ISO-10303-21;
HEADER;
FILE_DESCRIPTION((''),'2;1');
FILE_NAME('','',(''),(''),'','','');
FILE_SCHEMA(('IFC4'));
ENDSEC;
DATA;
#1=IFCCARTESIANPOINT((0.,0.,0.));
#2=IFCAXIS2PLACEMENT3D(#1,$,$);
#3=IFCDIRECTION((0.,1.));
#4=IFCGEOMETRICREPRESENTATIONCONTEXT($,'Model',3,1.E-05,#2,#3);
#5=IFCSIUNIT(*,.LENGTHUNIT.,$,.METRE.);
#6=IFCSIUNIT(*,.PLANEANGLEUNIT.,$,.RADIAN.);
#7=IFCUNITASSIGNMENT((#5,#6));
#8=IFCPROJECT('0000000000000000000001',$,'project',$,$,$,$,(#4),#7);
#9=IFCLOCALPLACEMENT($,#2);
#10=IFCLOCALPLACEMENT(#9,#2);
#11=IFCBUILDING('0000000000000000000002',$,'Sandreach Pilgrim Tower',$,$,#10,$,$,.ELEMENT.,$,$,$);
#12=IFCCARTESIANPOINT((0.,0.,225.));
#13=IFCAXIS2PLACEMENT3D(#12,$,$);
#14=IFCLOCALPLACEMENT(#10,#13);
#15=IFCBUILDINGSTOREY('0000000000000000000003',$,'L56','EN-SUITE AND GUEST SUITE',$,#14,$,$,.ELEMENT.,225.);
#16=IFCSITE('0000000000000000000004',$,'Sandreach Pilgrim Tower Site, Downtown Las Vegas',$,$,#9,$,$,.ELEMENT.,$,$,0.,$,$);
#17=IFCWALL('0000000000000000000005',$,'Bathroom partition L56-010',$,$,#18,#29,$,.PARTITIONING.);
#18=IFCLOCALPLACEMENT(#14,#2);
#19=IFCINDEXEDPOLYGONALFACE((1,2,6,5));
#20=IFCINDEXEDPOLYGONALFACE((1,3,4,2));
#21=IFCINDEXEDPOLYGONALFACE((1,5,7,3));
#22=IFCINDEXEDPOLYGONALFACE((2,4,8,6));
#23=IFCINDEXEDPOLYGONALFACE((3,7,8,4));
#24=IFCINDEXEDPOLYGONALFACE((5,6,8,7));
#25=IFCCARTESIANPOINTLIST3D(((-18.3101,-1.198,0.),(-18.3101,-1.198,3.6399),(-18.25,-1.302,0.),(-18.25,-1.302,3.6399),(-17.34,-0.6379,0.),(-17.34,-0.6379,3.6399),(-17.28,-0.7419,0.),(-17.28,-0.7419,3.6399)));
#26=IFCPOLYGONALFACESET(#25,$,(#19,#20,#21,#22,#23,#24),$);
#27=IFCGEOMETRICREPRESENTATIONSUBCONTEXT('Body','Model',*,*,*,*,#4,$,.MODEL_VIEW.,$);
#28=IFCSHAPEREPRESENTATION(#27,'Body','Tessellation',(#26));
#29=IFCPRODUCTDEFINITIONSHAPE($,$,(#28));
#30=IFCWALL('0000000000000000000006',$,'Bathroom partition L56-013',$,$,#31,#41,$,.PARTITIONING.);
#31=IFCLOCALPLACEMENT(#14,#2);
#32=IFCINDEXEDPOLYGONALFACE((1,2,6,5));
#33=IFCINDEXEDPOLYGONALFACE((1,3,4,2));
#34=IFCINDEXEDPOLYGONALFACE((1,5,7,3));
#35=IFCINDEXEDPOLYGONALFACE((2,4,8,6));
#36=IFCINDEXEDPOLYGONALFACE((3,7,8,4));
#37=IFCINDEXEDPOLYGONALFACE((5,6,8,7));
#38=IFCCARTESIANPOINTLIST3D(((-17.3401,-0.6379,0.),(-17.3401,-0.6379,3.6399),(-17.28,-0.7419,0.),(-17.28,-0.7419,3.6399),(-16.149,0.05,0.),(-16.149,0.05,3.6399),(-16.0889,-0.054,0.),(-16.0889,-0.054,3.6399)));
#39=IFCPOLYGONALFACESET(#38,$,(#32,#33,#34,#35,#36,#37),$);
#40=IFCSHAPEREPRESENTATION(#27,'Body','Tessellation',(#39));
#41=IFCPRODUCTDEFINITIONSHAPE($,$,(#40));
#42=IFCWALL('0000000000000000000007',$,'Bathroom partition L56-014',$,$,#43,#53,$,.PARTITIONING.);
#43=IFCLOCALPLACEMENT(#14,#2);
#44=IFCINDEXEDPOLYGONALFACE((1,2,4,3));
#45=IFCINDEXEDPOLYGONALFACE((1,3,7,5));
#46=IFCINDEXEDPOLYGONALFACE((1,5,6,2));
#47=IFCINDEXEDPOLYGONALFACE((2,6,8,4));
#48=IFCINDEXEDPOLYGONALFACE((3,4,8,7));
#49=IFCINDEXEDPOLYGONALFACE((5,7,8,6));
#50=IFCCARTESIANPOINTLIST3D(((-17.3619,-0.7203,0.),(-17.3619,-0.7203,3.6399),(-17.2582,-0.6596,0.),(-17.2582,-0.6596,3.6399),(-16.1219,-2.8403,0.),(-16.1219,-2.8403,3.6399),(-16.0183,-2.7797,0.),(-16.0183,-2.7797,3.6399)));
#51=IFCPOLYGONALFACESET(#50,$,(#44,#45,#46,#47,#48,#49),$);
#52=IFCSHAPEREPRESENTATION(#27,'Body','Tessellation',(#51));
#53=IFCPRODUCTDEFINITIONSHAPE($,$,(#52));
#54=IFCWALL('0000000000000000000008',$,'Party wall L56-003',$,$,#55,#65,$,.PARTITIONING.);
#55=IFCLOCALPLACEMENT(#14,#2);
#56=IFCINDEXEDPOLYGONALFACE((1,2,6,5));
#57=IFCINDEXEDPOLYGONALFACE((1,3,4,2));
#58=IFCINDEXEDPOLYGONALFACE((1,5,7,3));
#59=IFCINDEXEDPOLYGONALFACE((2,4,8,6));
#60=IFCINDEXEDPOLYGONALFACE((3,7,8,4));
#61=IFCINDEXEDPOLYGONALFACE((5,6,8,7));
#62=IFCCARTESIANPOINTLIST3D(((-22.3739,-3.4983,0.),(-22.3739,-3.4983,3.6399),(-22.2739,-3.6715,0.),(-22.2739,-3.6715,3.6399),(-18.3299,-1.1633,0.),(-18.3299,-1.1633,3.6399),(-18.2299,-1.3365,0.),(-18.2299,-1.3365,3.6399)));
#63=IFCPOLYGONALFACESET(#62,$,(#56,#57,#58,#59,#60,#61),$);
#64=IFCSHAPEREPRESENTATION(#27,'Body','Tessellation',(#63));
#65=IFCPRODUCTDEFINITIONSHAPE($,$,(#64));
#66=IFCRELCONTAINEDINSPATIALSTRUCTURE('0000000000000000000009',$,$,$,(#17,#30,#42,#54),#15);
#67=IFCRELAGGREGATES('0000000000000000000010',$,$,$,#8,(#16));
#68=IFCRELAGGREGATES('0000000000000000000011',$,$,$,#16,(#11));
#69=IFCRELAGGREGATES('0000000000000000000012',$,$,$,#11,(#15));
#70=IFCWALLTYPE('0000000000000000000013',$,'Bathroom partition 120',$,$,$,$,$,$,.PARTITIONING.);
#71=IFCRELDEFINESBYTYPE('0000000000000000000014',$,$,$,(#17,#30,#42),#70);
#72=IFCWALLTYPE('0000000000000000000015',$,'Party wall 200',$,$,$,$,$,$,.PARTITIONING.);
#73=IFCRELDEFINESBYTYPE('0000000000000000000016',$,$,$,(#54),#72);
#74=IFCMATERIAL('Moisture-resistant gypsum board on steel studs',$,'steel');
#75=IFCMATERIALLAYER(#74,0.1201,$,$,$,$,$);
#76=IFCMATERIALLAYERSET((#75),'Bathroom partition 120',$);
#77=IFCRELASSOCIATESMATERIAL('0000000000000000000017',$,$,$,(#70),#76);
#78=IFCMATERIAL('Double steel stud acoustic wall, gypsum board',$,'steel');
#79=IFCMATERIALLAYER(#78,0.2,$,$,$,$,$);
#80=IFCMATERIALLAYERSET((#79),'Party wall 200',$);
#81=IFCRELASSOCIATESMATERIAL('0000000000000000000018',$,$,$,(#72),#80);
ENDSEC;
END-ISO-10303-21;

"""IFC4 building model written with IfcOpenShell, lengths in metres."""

from ifc_helpers import new_model, si_unit, direction, frame, frame_2d, origin, place, context, subcontext, project, spatial, rectangle, extrude, material, layer, layer_set, type_object, element, save


model = new_model("IFC4")

# Units and contexts
model_context = context("Model", 3, precision=1e-05, world=origin(), true_north=direction((0.0, 1.0)))
body_context = subcontext(model_context, "Body", "Model", "MODEL_VIEW")
ifc_project = project(units=[si_unit("LENGTHUNIT", "METRE"), si_unit("PLANEANGLEUNIT", "RADIAN")], contexts=[model_context])

# Site, building, storey
site_placement = place(None, origin())
site = spatial("IfcSite", under=ifc_project, at=site_placement, Name="Sandreach Pilgrim Tower Site, Downtown Las Vegas", CompositionType="ELEMENT", RefElevation=0.0)
building_placement = place(site_placement, origin())
building = spatial("IfcBuilding", under=site, at=building_placement, Name="Sandreach Pilgrim Tower", CompositionType="ELEMENT")
storey_placement = place(building_placement, frame((0.0, 0.0, 225.0)))
storey = spatial("IfcBuildingStorey", under=building, at=storey_placement, Name="L56", Description="EN-SUITE AND GUEST SUITE", CompositionType="ELEMENT", Elevation=225.0)

# Walls
ifc_material_1 = material(Name="Moisture-resistant gypsum board on steel studs", Category="steel")
ifc_layer_1 = layer(ifc_material_1, 0.1201)
ifc_layer_set_1 = layer_set([ifc_layer_1], Name="Bathroom partition 120")
wall_type_1 = type_object("IfcWallType", Name="Bathroom partition 120", PredefinedType="PARTITIONING", material=ifc_layer_set_1)
wall_1_placement = place(storey_placement, frame((-18.28, -1.25, 0.0), z_axis=(0.0, 0.0, 1.0), x_axis=(0.866008, 0.500031, 0.0)))
element("IfcWall", 1, at=wall_1_placement, inside=storey, type_object=wall_type_1, Name="Bathroom partition L56-010", PredefinedType="PARTITIONING", context=body_context, shape_type="SweptSolid", body=[
    extrude(rectangle(XDim=1.1201, YDim=0.1201, at=frame_2d((0.5601, 0.0))), origin(), (0.0, 0.0, 1.0), 3.6399),
])
wall_2_placement = place(storey_placement, frame((-17.3101, -0.6899, 0.0), z_axis=(0.0, 0.0, 1.0), x_axis=(0.86594, 0.500147, 0.0)))
element("IfcWall", 2, at=wall_2_placement, inside=storey, type_object=wall_type_1, Name="Bathroom partition L56-013", PredefinedType="PARTITIONING", context=body_context, shape_type="SweptSolid", body=[
    extrude(rectangle(XDim=1.3755, YDim=0.1201, at=frame_2d((0.6877, 0.0))), origin(), (0.0, 0.0, 1.0), 3.6399),
])
wall_3_placement = place(storey_placement, frame((-17.3101, -0.6899, 0.0), z_axis=(0.0, 0.0, 1.0), x_axis=(0.50486, -0.863201, 0.0)))
element("IfcWall", 3, at=wall_3_placement, inside=storey, type_object=wall_type_1, Name="Bathroom partition L56-014", PredefinedType="PARTITIONING", context=body_context, shape_type="SweptSolid", body=[
    extrude(rectangle(XDim=2.4561, YDim=0.1201, at=frame_2d((1.228, 0.0))), origin(), (0.0, 0.0, 1.0), 3.6399),
])
ifc_material_2 = material(Name="Double steel stud acoustic wall, gypsum board", Category="steel")
ifc_layer_2 = layer(ifc_material_2, 0.2)
ifc_layer_set_2 = layer_set([ifc_layer_2], Name="Party wall 200")
wall_type_2 = type_object("IfcWallType", Name="Party wall 200", PredefinedType="PARTITIONING", material=ifc_layer_set_2)
wall_4_placement = place(storey_placement, frame((-22.324, -3.585, 0.0), z_axis=(0.0, 0.0, 1.0), x_axis=(0.866008, 0.50003, 0.0)))
element("IfcWall", 4, at=wall_4_placement, inside=storey, type_object=wall_type_2, Name="Party wall L56-003", PredefinedType="PARTITIONING", context=body_context, shape_type="SweptSolid", body=[
    extrude(rectangle(XDim=4.6697, YDim=0.2, at=frame_2d((2.335, 0.0))), origin(), (0.0, 0.0, 1.0), 3.6399),
])

save(model, "model.ifc")
